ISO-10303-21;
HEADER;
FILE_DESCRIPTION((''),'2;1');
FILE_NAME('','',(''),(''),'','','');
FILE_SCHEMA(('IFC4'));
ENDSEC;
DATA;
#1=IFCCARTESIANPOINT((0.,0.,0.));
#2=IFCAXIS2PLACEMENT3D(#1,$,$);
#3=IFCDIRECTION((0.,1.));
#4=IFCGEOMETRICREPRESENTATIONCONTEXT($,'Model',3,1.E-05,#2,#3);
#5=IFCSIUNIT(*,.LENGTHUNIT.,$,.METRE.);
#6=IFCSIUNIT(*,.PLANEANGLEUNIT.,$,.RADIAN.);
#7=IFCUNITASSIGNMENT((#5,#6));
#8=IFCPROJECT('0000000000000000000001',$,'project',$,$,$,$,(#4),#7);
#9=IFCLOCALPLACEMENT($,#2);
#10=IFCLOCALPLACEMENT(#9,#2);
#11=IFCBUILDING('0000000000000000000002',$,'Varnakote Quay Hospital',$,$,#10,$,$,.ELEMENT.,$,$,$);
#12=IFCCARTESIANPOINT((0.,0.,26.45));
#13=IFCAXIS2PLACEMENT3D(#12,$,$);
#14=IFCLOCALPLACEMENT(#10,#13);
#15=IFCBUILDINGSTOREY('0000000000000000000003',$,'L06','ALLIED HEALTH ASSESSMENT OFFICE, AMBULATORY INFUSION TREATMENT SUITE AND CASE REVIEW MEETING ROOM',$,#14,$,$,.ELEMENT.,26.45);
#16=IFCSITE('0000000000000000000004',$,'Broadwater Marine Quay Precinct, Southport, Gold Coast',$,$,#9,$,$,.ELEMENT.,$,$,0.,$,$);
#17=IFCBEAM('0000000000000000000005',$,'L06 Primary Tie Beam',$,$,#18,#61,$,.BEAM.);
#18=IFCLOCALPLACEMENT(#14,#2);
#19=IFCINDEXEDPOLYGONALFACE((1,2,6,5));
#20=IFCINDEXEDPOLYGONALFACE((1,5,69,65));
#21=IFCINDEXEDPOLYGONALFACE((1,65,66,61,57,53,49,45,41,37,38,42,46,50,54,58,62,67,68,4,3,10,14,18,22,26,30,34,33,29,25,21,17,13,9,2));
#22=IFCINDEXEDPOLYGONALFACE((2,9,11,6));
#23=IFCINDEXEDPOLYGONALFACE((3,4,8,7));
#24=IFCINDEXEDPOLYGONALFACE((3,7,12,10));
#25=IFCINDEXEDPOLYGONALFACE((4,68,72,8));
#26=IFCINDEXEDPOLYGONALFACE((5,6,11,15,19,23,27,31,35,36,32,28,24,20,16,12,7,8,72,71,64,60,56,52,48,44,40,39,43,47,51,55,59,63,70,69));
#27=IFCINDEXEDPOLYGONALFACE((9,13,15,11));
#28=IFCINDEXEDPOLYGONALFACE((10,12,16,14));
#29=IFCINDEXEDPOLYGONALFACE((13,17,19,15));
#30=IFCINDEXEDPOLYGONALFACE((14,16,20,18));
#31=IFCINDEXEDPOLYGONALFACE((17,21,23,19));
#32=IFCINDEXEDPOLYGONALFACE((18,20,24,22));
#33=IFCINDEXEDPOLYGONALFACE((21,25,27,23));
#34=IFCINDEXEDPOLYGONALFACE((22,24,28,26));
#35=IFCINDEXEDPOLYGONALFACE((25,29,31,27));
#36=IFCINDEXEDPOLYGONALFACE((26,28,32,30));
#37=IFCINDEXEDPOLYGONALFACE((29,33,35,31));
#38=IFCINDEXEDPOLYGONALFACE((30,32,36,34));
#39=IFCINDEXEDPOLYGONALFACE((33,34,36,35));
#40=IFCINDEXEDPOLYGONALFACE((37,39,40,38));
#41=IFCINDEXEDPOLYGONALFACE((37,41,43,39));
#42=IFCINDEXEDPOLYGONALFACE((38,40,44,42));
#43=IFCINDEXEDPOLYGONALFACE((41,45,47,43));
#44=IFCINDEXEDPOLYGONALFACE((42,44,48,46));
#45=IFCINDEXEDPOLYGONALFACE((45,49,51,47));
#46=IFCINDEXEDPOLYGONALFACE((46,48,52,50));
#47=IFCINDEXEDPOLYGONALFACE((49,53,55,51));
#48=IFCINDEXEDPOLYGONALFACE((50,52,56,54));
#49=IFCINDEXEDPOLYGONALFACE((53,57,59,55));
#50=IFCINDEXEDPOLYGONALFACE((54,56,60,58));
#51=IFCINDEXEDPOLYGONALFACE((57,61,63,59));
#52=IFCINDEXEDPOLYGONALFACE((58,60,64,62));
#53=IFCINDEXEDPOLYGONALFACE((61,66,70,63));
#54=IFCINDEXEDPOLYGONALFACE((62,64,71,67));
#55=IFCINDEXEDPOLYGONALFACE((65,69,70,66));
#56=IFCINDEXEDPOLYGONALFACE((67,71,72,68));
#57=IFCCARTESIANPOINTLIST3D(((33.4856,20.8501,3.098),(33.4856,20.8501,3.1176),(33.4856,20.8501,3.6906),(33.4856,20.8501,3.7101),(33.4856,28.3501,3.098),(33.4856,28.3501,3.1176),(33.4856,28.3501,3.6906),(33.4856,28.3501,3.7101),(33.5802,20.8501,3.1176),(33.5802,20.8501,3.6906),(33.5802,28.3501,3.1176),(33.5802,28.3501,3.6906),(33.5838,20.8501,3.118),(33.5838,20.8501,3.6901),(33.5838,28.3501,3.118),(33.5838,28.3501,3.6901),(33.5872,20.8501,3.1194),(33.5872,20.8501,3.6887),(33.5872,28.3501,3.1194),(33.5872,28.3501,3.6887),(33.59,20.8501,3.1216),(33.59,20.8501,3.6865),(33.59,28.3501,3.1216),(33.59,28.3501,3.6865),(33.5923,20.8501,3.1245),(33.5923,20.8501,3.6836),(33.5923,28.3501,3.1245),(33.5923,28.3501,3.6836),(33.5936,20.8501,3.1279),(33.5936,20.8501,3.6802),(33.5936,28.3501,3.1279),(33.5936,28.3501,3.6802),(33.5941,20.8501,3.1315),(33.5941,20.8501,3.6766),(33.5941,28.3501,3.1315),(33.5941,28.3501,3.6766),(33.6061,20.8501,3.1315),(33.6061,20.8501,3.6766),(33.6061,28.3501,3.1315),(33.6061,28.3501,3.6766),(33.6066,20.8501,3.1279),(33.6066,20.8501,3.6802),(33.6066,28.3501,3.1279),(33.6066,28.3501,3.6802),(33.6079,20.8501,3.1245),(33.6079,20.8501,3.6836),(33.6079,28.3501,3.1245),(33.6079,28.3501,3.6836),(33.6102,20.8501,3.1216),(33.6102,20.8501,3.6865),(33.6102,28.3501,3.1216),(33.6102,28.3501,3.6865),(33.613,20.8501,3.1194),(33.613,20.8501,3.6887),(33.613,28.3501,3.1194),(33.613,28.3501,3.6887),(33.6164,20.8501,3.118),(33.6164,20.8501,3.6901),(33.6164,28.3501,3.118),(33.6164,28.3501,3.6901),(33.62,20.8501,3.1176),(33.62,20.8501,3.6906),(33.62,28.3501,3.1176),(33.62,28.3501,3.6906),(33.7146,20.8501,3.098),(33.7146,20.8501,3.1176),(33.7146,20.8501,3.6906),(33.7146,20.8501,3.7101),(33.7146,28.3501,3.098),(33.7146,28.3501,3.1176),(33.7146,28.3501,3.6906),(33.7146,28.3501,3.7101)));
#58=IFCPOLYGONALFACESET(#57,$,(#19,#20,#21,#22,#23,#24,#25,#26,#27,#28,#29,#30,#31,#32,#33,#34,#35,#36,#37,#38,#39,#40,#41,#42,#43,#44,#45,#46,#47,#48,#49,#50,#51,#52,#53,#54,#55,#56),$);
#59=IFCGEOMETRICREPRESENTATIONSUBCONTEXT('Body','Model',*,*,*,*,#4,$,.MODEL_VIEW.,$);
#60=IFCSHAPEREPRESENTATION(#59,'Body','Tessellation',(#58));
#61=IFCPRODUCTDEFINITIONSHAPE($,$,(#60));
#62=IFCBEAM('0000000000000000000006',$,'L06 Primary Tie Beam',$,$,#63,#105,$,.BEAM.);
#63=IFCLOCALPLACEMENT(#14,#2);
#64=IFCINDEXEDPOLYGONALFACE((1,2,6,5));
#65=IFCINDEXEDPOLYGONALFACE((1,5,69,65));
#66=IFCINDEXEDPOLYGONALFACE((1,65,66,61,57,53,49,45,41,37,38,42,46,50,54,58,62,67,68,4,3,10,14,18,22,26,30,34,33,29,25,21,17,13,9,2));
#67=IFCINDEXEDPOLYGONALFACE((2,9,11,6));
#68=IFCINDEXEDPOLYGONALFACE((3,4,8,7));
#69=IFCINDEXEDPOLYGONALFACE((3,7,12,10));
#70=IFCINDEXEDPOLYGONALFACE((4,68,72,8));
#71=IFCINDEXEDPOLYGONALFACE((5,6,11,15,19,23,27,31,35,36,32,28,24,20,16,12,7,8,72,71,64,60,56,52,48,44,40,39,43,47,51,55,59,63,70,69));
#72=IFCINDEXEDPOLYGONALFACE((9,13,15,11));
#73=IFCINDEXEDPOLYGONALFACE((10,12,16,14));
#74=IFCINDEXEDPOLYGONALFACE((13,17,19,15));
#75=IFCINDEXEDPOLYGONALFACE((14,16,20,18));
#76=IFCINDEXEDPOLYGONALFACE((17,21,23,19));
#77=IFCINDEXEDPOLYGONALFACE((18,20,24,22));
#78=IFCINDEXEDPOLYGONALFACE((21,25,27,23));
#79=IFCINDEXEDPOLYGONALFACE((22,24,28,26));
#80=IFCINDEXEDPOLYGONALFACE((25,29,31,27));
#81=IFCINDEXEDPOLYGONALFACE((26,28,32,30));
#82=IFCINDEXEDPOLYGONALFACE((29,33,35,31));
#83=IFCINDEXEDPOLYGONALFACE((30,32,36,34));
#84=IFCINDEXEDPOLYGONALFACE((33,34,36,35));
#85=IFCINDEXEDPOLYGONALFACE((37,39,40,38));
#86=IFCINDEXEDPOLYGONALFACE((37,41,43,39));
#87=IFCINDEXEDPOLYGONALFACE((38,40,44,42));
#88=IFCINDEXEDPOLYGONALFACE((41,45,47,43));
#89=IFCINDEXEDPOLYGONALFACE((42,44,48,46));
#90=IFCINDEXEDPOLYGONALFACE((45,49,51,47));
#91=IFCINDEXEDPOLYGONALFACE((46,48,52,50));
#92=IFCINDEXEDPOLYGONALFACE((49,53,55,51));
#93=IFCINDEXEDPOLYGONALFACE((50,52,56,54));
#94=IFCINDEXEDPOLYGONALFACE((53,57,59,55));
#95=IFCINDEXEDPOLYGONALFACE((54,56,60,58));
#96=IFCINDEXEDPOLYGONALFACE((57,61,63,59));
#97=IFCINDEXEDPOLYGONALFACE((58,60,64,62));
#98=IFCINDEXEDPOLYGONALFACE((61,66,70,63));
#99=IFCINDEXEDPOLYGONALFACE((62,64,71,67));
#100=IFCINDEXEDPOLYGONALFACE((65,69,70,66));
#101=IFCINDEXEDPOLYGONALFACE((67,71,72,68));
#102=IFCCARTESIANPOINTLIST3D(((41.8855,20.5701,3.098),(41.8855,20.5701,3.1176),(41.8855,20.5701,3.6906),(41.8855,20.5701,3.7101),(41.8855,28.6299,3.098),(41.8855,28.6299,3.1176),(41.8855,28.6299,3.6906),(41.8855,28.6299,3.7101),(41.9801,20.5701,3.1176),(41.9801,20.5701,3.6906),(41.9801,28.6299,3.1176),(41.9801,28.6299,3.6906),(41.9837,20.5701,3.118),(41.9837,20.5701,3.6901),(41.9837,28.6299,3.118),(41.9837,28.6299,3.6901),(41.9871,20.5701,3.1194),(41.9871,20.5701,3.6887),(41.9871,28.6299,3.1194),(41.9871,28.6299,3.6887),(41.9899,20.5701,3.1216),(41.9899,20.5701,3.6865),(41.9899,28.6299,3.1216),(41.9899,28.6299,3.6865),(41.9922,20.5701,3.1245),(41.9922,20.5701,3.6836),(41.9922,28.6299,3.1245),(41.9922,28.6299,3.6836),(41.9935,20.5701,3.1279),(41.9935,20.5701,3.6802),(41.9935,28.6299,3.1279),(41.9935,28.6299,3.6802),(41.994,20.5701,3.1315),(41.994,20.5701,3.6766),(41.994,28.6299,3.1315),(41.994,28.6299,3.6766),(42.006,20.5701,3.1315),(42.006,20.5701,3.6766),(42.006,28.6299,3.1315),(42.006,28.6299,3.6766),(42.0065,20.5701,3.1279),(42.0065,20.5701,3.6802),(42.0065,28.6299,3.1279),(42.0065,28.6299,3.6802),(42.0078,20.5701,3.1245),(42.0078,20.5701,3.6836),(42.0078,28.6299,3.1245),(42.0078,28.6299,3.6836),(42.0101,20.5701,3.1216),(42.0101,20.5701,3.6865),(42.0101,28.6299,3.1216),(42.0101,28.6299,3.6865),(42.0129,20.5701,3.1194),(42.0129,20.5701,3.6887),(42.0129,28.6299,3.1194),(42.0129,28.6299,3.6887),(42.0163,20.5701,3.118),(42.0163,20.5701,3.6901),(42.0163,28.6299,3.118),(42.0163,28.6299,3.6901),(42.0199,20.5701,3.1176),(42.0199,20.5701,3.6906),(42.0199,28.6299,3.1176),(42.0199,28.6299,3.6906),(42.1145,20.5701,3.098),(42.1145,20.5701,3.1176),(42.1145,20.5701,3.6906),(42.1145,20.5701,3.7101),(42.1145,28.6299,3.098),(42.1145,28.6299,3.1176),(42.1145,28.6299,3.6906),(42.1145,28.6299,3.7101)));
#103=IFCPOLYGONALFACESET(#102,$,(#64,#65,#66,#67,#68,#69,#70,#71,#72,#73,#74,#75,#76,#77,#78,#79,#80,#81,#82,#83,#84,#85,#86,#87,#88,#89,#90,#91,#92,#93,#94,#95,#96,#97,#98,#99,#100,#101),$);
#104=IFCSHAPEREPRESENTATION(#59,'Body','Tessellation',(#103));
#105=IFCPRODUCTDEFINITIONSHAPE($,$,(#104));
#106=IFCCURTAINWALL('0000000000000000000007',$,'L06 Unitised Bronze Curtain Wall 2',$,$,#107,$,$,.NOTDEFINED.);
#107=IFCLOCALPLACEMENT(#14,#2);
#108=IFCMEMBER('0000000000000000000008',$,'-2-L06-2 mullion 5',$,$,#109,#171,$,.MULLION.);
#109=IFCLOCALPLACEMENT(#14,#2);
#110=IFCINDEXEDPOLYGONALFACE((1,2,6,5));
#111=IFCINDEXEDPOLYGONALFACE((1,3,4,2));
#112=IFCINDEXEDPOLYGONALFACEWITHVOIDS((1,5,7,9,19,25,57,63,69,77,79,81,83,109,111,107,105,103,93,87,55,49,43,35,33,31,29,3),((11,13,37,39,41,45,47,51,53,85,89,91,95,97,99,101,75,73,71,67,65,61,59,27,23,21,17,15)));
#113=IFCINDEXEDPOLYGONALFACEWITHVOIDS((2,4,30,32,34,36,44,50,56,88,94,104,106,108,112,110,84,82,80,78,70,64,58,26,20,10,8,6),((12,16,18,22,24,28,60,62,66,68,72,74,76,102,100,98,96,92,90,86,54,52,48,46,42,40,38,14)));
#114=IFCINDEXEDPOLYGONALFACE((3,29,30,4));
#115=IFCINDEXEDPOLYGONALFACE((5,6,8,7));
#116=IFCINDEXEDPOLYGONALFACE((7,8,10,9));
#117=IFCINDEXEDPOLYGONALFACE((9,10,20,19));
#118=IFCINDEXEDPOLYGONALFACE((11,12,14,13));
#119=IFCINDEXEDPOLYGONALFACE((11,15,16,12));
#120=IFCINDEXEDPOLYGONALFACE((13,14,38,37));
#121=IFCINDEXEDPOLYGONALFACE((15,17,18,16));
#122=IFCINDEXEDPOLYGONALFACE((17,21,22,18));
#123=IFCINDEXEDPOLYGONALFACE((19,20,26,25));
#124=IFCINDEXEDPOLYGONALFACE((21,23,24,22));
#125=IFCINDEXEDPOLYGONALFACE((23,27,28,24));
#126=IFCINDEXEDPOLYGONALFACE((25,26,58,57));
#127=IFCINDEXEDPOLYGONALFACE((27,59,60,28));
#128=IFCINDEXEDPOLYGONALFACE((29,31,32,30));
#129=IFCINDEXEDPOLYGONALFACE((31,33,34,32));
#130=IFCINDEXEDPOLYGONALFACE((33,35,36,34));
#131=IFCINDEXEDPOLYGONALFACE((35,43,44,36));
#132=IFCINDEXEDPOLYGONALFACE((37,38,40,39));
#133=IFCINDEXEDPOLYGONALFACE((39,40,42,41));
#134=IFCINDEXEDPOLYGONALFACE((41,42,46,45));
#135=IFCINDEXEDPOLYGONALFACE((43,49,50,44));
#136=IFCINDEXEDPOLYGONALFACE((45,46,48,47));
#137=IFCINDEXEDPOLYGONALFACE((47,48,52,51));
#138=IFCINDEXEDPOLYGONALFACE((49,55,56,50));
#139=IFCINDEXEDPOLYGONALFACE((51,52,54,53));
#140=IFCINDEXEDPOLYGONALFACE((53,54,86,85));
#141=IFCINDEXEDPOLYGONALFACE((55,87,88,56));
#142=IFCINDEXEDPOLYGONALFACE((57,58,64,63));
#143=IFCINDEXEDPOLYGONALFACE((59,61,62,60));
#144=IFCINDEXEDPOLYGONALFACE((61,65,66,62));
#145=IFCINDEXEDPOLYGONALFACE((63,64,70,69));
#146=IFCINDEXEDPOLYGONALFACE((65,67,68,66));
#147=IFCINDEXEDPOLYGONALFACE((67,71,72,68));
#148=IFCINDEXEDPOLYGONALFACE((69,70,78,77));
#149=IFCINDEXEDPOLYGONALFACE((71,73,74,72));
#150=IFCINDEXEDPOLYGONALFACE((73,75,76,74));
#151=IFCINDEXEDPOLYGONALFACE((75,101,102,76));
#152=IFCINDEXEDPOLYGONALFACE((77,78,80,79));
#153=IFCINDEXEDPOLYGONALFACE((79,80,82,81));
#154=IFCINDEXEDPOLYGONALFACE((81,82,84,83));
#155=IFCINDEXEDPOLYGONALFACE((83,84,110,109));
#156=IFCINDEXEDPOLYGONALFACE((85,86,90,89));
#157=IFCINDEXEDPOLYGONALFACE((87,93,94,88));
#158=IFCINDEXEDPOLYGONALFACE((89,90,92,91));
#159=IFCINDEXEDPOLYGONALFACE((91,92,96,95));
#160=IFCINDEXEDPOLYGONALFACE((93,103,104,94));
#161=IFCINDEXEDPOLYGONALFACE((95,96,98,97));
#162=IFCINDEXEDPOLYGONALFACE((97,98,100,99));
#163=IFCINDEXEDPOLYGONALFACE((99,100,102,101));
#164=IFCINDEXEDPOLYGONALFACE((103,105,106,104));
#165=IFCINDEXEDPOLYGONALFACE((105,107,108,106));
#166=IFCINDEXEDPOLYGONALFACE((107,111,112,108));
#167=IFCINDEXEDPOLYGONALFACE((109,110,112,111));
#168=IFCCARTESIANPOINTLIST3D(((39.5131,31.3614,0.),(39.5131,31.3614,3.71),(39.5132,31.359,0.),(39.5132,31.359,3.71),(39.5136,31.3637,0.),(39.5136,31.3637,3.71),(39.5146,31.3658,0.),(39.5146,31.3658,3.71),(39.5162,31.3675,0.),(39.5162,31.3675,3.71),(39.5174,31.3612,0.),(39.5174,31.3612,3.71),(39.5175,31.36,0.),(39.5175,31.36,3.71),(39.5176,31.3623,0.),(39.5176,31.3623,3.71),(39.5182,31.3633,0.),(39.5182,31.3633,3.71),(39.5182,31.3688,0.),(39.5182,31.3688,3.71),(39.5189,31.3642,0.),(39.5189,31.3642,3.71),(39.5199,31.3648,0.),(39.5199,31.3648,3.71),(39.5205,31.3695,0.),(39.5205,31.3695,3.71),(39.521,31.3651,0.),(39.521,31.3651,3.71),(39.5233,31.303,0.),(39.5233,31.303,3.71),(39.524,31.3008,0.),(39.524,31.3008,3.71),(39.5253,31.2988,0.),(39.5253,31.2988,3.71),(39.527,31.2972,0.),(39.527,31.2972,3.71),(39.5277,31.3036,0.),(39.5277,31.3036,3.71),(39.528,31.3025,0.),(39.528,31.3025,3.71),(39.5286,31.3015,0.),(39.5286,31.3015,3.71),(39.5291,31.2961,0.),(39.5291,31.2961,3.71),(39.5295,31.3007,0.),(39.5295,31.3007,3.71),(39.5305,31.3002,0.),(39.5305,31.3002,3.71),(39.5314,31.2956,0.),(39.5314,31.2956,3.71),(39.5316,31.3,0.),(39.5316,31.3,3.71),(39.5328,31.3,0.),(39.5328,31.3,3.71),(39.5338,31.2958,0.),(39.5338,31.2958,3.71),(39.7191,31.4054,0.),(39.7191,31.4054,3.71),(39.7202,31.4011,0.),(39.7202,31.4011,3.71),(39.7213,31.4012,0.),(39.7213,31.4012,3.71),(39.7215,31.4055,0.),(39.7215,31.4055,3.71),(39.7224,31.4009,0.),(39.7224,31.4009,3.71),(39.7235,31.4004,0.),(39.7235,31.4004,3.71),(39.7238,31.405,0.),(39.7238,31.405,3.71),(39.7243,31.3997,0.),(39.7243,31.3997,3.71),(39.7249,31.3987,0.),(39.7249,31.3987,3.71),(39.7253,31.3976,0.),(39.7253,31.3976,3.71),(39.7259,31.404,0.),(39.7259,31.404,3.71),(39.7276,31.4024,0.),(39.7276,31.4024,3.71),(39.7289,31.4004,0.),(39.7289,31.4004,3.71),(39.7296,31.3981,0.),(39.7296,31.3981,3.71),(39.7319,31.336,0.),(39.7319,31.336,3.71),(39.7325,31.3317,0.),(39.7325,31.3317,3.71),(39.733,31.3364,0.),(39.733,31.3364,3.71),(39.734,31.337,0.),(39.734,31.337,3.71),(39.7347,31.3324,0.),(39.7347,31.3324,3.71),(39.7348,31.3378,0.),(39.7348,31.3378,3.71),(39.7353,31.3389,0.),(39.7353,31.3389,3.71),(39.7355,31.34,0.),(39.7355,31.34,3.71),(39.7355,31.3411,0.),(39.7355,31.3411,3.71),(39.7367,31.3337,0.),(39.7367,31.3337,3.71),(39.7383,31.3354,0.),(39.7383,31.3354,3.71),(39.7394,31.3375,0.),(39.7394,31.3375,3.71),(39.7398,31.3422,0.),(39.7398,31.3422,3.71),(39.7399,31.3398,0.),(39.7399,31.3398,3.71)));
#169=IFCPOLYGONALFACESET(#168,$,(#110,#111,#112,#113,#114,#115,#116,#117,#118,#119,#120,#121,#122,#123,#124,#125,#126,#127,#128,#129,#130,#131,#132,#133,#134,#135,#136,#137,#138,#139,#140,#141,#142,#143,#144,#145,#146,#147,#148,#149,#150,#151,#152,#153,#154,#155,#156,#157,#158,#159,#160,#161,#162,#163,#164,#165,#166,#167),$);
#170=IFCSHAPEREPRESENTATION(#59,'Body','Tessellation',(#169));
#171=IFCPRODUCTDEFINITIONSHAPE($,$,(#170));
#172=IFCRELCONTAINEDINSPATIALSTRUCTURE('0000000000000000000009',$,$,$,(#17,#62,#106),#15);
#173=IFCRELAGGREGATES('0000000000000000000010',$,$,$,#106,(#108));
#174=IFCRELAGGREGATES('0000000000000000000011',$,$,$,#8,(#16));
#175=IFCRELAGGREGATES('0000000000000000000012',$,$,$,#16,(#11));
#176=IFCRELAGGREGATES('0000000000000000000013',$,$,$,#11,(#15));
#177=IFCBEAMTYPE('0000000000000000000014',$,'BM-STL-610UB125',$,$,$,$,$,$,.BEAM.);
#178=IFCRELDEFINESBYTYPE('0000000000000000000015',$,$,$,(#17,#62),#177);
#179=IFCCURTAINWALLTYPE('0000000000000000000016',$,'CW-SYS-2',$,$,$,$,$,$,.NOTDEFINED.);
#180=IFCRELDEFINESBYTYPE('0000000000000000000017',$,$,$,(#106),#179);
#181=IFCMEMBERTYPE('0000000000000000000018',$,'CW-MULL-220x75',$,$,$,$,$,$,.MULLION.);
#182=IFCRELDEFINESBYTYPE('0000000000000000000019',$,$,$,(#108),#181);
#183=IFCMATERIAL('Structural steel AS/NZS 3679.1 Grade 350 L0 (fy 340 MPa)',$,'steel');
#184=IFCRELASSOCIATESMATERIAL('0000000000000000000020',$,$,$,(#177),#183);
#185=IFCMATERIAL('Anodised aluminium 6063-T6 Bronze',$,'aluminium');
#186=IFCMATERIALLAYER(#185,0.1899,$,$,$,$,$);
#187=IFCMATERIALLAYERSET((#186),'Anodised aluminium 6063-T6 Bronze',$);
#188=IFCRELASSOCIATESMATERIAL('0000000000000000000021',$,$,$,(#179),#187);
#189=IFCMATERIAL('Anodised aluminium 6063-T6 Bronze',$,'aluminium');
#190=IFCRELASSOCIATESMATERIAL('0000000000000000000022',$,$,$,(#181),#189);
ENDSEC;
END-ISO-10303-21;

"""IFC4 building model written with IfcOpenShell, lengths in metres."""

from ifc_helpers import new_model, si_unit, direction, frame, origin, origin_2d, place, context, subcontext, project, spatial, hollow_rectangle, i_section, extrude, material, layer, layer_set, material_profile, profile_set, type_object, element, aggregate, save


model = new_model("IFC4")

# Units and contexts
model_context = context("Model", 3, precision=1e-05, world=origin(), true_north=direction((0.0, 1.0)))
body_context = subcontext(model_context, "Body", "Model", "MODEL_VIEW")
ifc_project = project(units=[si_unit("LENGTHUNIT", "METRE"), si_unit("PLANEANGLEUNIT", "RADIAN")], contexts=[model_context])

# Site, building, storey
site_placement = place(None, origin())
site = spatial("IfcSite", under=ifc_project, at=site_placement, Name="Broadwater Marine Quay Precinct, Southport, Gold Coast", CompositionType="ELEMENT", RefElevation=0.0)
building_placement = place(site_placement, origin())
building = spatial("IfcBuilding", under=site, at=building_placement, Name="Varnakote Quay Hospital", CompositionType="ELEMENT")
storey_placement = place(building_placement, frame((0.0, 0.0, 26.45)))
storey = spatial("IfcBuildingStorey", under=building, at=storey_placement, Name="L06", Description="ALLIED HEALTH ASSESSMENT OFFICE, AMBULATORY INFUSION TREATMENT SUITE AND CASE REVIEW MEETING ROOM", CompositionType="ELEMENT", Elevation=26.45)

# Beams
ifc_material_1 = material(Name="Structural steel AS/NZS 3679.1 Grade 350 L0 (fy 340 MPa)", Category="steel")
ifc_material_profile_1 = material_profile(ifc_material_1, i_section(OverallWidth=0.229, OverallDepth=0.6121, WebThickness=0.012, FlangeThickness=0.0195, FilletRadius=0.0139, at=origin_2d()), Name="610UB125")
ifc_profile_set_1 = profile_set([ifc_material_profile_1], Name="Structural steel AS/NZS 3679.1 Grade 350 L0 (fy 340 MPa)")
beam_type_1 = type_object("IfcBeamType", Name="BM-STL-610UB125", PredefinedType="BEAM", material=ifc_profile_set_1)
beam_1_placement = place(storey_placement, frame((33.6001, 20.8501, 3.4041), z_axis=(0.0, 1.0, 0.0), x_axis=(-1.0, 0.0, 0.0)))
element("IfcBeam", 1, at=beam_1_placement, inside=storey, type_object=beam_type_1, Name="L06 Primary Tie Beam", PredefinedType="BEAM", context=body_context, shape_type="SweptSolid", body=[
    extrude(i_section(OverallWidth=0.229, OverallDepth=0.6121, WebThickness=0.012, FlangeThickness=0.0195, FilletRadius=0.0139, at=origin_2d()), origin(), (0.0, 0.0, 1.0), 7.5),
])
beam_2_placement = place(storey_placement, frame((42.0, 20.5701, 3.4041), z_axis=(0.0, 1.0, 0.0), x_axis=(-1.0, 0.0, 0.0)))
element("IfcBeam", 2, at=beam_2_placement, inside=storey, type_object=beam_type_1, Name="L06 Primary Tie Beam", PredefinedType="BEAM", context=body_context, shape_type="SweptSolid", body=[
    extrude(i_section(OverallWidth=0.229, OverallDepth=0.6121, WebThickness=0.012, FlangeThickness=0.0195, FilletRadius=0.0139, at=origin_2d()), origin(), (0.0, 0.0, 1.0), 8.0598),
])

# Curtain wall, member
ifc_material_2 = material(Name="Anodised aluminium 6063-T6 Bronze", Category="aluminium")
ifc_layer_1 = layer(ifc_material_2, 0.1899)
ifc_layer_set_1 = layer_set([ifc_layer_1], Name="Anodised aluminium 6063-T6 Bronze")
curtain_wall_type = type_object("IfcCurtainWallType", Name="CW-SYS-2", PredefinedType="NOTDEFINED", material=ifc_layer_set_1)
curtain_wall_placement = place(storey_placement, origin())
curtain_wall = element("IfcCurtainWall", 3, at=curtain_wall_placement, inside=storey, type_object=curtain_wall_type, Name="L06 Unitised Bronze Curtain Wall 2", PredefinedType="NOTDEFINED")
ifc_material_3 = material(Name="Anodised aluminium 6063-T6 Bronze", Category="aluminium")
ifc_material_profile_2 = material_profile(ifc_material_3, hollow_rectangle(XDim=0.075, YDim=0.22, WallThickness=0.0044, InnerFilletRadius=0.0044, OuterFilletRadius=0.009, at=origin_2d()), Name="CW-MULL-220x75")
ifc_profile_set_2 = profile_set([ifc_material_profile_2], Name="Anodised aluminium 6063-T6 Bronze")
member_type = type_object("IfcMemberType", Name="CW-MULL-220x75", PredefinedType="MULLION", material=ifc_profile_set_2)
member_placement = place(storey_placement, frame((39.6265, 31.3506, 0.0), z_axis=(0.0, 0.0, 1.0), x_axis=(0.177846, -0.984058, 0.0)))
member = element("IfcMember", 4, at=member_placement, type_object=member_type, Name="-2-L06-2 mullion 5", PredefinedType="MULLION", context=body_context, shape_type="SweptSolid", body=[
    extrude(hollow_rectangle(XDim=0.075, YDim=0.22, WallThickness=0.0044, InnerFilletRadius=0.0044, OuterFilletRadius=0.009, at=origin_2d()), origin(), (0.0, 0.0, 1.0), 3.71),
])

aggregate(curtain_wall, [member])

save(model, "model.ifc")
